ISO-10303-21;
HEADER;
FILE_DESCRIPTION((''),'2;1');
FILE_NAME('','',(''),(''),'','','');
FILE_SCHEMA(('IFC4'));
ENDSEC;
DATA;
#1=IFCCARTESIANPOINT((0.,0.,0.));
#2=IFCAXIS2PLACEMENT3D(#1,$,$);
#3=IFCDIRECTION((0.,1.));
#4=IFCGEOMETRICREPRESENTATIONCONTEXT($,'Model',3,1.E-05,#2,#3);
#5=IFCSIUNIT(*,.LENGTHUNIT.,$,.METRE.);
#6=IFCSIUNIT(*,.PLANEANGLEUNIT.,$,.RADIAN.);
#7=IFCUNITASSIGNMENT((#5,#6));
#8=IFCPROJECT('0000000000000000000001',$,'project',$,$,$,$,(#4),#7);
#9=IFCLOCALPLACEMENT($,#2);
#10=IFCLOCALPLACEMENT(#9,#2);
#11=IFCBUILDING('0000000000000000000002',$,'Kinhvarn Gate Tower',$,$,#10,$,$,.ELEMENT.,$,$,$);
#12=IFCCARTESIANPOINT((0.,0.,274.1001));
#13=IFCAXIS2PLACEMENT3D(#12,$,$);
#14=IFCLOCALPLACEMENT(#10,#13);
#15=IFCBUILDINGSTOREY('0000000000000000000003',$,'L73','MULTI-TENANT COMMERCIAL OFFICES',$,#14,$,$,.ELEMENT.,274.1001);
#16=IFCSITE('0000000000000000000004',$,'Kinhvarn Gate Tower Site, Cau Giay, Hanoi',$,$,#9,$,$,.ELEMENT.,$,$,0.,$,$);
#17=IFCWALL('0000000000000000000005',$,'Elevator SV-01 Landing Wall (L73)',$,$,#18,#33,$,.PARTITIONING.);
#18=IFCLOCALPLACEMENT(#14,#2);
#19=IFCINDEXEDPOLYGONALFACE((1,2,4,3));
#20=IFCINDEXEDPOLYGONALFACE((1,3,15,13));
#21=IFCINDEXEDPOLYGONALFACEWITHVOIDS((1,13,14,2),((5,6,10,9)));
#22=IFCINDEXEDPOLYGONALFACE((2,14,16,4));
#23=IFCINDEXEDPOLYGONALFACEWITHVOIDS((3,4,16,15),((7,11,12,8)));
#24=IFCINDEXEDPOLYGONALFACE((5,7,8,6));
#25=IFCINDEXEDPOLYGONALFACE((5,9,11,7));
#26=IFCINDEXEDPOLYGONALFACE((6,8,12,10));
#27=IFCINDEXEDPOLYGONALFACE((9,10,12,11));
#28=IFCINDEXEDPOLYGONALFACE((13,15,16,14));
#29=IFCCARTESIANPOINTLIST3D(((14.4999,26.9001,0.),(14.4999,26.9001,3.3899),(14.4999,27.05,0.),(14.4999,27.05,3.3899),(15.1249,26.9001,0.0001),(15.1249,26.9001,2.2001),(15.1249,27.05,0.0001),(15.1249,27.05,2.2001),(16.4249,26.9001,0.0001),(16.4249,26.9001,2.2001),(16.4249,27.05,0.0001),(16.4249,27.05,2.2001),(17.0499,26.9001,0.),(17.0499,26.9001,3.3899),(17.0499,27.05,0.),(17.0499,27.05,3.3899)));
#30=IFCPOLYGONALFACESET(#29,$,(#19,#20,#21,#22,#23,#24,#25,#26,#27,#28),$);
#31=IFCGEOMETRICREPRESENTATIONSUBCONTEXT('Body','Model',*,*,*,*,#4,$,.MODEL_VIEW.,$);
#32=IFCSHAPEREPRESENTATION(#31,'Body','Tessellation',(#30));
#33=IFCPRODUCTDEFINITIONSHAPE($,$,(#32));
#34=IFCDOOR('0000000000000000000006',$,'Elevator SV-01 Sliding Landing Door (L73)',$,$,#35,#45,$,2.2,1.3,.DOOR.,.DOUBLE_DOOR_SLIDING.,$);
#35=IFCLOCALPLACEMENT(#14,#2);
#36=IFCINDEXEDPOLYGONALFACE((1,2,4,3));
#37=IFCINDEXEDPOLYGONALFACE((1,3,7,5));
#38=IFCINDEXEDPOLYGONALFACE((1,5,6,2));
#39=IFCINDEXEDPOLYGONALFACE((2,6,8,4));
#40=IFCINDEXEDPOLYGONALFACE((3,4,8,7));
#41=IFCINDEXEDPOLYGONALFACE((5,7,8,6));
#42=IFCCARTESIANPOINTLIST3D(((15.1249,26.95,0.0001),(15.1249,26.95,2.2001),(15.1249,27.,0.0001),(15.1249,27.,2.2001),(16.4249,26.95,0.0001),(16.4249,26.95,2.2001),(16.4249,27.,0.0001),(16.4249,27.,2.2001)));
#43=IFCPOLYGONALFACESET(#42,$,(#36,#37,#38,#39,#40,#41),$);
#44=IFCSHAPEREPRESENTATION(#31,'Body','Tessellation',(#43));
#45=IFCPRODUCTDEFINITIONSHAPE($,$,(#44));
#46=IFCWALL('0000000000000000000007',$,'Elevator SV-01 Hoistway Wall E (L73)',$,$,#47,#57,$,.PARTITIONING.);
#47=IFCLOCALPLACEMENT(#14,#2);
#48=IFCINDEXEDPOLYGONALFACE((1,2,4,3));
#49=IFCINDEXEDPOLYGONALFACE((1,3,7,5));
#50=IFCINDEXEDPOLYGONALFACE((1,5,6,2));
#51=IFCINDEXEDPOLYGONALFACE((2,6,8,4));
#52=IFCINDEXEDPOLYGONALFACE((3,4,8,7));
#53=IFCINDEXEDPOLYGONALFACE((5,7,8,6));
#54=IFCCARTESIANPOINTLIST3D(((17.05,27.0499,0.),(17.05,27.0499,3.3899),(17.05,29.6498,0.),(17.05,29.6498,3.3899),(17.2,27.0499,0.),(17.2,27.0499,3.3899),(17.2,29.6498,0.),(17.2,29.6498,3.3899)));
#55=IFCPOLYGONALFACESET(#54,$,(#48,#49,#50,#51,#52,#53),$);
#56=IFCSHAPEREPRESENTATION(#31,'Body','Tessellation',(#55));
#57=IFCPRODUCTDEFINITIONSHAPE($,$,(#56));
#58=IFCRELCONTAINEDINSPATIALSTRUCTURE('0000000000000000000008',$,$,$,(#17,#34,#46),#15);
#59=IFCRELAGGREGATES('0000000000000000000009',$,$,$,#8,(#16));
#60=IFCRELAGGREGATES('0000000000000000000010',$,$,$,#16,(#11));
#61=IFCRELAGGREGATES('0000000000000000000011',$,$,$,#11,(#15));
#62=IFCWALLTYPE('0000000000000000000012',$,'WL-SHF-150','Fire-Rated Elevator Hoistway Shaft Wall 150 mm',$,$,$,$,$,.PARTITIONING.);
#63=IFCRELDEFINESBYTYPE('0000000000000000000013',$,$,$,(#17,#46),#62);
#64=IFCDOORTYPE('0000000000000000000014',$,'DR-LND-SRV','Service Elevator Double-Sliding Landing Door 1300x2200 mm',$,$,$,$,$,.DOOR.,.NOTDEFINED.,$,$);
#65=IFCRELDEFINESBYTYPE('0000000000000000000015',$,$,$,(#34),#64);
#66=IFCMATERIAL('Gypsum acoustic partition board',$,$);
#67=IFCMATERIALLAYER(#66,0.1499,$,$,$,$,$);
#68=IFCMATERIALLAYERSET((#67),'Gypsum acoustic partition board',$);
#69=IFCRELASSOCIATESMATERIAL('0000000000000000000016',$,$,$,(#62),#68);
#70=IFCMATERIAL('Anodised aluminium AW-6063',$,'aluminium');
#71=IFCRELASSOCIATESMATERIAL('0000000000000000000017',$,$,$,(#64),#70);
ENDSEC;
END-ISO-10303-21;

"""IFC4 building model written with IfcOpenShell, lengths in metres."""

from ifc_helpers import new_model, si_unit, direction, frame, frame_2d, origin, place, context, subcontext, project, spatial, rectangle, extrude, material, layer, layer_set, type_object, element, fill, save


model = new_model("IFC4")

# Units and contexts
model_context = context("Model", 3, precision=1e-05, world=origin(), true_north=direction((0.0, 1.0)))
body_context = subcontext(model_context, "Body", "Model", "MODEL_VIEW")
ifc_project = project(units=[si_unit("LENGTHUNIT", "METRE"), si_unit("PLANEANGLEUNIT", "RADIAN")], contexts=[model_context])

# Site, building, storey
site_placement = place(None, origin())
site = spatial("IfcSite", under=ifc_project, at=site_placement, Name="Kinhvarn Gate Tower Site, Cau Giay, Hanoi", CompositionType="ELEMENT", RefElevation=0.0)
building_placement = place(site_placement, origin())
building = spatial("IfcBuilding", under=site, at=building_placement, Name="Kinhvarn Gate Tower", CompositionType="ELEMENT")
storey_placement = place(building_placement, frame((0.0, 0.0, 274.1001)))
storey = spatial("IfcBuildingStorey", under=building, at=storey_placement, Name="L73", Description="MULTI-TENANT COMMERCIAL OFFICES", CompositionType="ELEMENT", Elevation=274.1001)

# Shared definitions
ifc_material_1 = material(Name="Anodised aluminium AW-6063", Category="aluminium")

# Shared definitions
ifc_material_2 = material(Name="Gypsum acoustic partition board")

# Shared definitions
ifc_layer_1 = layer(ifc_material_2, 0.1499)
ifc_layer_set_1 = layer_set([ifc_layer_1], Name="Gypsum acoustic partition board")
wall_type_1 = type_object("IfcWallType", Name="WL-SHF-150", Description="Fire-Rated Elevator Hoistway Shaft Wall 150 mm", PredefinedType="PARTITIONING", material=ifc_layer_set_1)

# Wall, opening, door
wall_1_placement = place(storey_placement, frame((14.5, 26.9751, 0.0), z_axis=(0.0, 0.0, 1.0), x_axis=(1.0, 0.0, 0.0)))
wall_1 = element("IfcWall", 1, at=wall_1_placement, inside=storey, type_object=wall_type_1, Name="Elevator SV-01 Landing Wall (L73)", PredefinedType="PARTITIONING", context=body_context, shape_type="SweptSolid", body=[
    extrude(rectangle(XDim=2.55, YDim=0.1499, at=frame_2d((1.2749, 0.0))), origin(), (0.0, 0.0, 1.0), 3.3899),
])
opening_1_placement = place(wall_1_placement, frame((0.625, 0.0, 0.0)))
opening_1 = element("IfcOpeningElement", 2, at=opening_1_placement, cuts=wall_1, PredefinedType="OPENING", context=body_context, shape_type="SweptSolid", body=[
    extrude(rectangle(XDim=1.3, YDim=2.2, at=frame_2d((0.6499, 1.1001))), frame((0.0, 0.085, 0.0), z_axis=(0.0, -1.0, 0.0), x_axis=(1.0, 0.0, 0.0)), (0.0, 0.0, 1.0), 0.1699),
])
door_type_1 = type_object("IfcDoorType", Name="DR-LND-SRV", Description="Service Elevator Double-Sliding Landing Door 1300x2200 mm", OperationType="NOTDEFINED", PredefinedType="DOOR", material=ifc_material_1)
door_1_placement = place(opening_1_placement, origin())
door_1 = element("IfcDoor", 3, at=door_1_placement, inside=storey, type_object=door_type_1, Name="Elevator SV-01 Sliding Landing Door (L73)", OperationType="DOUBLE_DOOR_SLIDING", OverallHeight=2.2, OverallWidth=1.3, PredefinedType="DOOR", context=body_context, shape_type="SweptSolid", body=[
    extrude(rectangle(XDim=1.3, YDim=2.2, at=frame_2d((0.6499, 1.1001))), frame((0.0, 0.0249, 0.0), z_axis=(0.0, -1.0, 0.0), x_axis=(1.0, 0.0, 0.0)), (0.0, 0.0, 1.0), 0.05),
])
fill(opening_1, door_1)

# Wall
wall_2_placement = place(storey_placement, frame((17.125, 27.05, 0.0), z_axis=(0.0, 0.0, 1.0), x_axis=(0.0, 1.0, 0.0)))
element("IfcWall", 4, at=wall_2_placement, inside=storey, type_object=wall_type_1, Name="Elevator SV-01 Hoistway Wall E (L73)", PredefinedType="PARTITIONING", context=body_context, shape_type="SweptSolid", body=[
    extrude(rectangle(XDim=2.5999, YDim=0.1499, at=frame_2d((1.2998, 0.0))), origin(), (0.0, 0.0, 1.0), 3.3899),
])

save(model, "model.ifc")
